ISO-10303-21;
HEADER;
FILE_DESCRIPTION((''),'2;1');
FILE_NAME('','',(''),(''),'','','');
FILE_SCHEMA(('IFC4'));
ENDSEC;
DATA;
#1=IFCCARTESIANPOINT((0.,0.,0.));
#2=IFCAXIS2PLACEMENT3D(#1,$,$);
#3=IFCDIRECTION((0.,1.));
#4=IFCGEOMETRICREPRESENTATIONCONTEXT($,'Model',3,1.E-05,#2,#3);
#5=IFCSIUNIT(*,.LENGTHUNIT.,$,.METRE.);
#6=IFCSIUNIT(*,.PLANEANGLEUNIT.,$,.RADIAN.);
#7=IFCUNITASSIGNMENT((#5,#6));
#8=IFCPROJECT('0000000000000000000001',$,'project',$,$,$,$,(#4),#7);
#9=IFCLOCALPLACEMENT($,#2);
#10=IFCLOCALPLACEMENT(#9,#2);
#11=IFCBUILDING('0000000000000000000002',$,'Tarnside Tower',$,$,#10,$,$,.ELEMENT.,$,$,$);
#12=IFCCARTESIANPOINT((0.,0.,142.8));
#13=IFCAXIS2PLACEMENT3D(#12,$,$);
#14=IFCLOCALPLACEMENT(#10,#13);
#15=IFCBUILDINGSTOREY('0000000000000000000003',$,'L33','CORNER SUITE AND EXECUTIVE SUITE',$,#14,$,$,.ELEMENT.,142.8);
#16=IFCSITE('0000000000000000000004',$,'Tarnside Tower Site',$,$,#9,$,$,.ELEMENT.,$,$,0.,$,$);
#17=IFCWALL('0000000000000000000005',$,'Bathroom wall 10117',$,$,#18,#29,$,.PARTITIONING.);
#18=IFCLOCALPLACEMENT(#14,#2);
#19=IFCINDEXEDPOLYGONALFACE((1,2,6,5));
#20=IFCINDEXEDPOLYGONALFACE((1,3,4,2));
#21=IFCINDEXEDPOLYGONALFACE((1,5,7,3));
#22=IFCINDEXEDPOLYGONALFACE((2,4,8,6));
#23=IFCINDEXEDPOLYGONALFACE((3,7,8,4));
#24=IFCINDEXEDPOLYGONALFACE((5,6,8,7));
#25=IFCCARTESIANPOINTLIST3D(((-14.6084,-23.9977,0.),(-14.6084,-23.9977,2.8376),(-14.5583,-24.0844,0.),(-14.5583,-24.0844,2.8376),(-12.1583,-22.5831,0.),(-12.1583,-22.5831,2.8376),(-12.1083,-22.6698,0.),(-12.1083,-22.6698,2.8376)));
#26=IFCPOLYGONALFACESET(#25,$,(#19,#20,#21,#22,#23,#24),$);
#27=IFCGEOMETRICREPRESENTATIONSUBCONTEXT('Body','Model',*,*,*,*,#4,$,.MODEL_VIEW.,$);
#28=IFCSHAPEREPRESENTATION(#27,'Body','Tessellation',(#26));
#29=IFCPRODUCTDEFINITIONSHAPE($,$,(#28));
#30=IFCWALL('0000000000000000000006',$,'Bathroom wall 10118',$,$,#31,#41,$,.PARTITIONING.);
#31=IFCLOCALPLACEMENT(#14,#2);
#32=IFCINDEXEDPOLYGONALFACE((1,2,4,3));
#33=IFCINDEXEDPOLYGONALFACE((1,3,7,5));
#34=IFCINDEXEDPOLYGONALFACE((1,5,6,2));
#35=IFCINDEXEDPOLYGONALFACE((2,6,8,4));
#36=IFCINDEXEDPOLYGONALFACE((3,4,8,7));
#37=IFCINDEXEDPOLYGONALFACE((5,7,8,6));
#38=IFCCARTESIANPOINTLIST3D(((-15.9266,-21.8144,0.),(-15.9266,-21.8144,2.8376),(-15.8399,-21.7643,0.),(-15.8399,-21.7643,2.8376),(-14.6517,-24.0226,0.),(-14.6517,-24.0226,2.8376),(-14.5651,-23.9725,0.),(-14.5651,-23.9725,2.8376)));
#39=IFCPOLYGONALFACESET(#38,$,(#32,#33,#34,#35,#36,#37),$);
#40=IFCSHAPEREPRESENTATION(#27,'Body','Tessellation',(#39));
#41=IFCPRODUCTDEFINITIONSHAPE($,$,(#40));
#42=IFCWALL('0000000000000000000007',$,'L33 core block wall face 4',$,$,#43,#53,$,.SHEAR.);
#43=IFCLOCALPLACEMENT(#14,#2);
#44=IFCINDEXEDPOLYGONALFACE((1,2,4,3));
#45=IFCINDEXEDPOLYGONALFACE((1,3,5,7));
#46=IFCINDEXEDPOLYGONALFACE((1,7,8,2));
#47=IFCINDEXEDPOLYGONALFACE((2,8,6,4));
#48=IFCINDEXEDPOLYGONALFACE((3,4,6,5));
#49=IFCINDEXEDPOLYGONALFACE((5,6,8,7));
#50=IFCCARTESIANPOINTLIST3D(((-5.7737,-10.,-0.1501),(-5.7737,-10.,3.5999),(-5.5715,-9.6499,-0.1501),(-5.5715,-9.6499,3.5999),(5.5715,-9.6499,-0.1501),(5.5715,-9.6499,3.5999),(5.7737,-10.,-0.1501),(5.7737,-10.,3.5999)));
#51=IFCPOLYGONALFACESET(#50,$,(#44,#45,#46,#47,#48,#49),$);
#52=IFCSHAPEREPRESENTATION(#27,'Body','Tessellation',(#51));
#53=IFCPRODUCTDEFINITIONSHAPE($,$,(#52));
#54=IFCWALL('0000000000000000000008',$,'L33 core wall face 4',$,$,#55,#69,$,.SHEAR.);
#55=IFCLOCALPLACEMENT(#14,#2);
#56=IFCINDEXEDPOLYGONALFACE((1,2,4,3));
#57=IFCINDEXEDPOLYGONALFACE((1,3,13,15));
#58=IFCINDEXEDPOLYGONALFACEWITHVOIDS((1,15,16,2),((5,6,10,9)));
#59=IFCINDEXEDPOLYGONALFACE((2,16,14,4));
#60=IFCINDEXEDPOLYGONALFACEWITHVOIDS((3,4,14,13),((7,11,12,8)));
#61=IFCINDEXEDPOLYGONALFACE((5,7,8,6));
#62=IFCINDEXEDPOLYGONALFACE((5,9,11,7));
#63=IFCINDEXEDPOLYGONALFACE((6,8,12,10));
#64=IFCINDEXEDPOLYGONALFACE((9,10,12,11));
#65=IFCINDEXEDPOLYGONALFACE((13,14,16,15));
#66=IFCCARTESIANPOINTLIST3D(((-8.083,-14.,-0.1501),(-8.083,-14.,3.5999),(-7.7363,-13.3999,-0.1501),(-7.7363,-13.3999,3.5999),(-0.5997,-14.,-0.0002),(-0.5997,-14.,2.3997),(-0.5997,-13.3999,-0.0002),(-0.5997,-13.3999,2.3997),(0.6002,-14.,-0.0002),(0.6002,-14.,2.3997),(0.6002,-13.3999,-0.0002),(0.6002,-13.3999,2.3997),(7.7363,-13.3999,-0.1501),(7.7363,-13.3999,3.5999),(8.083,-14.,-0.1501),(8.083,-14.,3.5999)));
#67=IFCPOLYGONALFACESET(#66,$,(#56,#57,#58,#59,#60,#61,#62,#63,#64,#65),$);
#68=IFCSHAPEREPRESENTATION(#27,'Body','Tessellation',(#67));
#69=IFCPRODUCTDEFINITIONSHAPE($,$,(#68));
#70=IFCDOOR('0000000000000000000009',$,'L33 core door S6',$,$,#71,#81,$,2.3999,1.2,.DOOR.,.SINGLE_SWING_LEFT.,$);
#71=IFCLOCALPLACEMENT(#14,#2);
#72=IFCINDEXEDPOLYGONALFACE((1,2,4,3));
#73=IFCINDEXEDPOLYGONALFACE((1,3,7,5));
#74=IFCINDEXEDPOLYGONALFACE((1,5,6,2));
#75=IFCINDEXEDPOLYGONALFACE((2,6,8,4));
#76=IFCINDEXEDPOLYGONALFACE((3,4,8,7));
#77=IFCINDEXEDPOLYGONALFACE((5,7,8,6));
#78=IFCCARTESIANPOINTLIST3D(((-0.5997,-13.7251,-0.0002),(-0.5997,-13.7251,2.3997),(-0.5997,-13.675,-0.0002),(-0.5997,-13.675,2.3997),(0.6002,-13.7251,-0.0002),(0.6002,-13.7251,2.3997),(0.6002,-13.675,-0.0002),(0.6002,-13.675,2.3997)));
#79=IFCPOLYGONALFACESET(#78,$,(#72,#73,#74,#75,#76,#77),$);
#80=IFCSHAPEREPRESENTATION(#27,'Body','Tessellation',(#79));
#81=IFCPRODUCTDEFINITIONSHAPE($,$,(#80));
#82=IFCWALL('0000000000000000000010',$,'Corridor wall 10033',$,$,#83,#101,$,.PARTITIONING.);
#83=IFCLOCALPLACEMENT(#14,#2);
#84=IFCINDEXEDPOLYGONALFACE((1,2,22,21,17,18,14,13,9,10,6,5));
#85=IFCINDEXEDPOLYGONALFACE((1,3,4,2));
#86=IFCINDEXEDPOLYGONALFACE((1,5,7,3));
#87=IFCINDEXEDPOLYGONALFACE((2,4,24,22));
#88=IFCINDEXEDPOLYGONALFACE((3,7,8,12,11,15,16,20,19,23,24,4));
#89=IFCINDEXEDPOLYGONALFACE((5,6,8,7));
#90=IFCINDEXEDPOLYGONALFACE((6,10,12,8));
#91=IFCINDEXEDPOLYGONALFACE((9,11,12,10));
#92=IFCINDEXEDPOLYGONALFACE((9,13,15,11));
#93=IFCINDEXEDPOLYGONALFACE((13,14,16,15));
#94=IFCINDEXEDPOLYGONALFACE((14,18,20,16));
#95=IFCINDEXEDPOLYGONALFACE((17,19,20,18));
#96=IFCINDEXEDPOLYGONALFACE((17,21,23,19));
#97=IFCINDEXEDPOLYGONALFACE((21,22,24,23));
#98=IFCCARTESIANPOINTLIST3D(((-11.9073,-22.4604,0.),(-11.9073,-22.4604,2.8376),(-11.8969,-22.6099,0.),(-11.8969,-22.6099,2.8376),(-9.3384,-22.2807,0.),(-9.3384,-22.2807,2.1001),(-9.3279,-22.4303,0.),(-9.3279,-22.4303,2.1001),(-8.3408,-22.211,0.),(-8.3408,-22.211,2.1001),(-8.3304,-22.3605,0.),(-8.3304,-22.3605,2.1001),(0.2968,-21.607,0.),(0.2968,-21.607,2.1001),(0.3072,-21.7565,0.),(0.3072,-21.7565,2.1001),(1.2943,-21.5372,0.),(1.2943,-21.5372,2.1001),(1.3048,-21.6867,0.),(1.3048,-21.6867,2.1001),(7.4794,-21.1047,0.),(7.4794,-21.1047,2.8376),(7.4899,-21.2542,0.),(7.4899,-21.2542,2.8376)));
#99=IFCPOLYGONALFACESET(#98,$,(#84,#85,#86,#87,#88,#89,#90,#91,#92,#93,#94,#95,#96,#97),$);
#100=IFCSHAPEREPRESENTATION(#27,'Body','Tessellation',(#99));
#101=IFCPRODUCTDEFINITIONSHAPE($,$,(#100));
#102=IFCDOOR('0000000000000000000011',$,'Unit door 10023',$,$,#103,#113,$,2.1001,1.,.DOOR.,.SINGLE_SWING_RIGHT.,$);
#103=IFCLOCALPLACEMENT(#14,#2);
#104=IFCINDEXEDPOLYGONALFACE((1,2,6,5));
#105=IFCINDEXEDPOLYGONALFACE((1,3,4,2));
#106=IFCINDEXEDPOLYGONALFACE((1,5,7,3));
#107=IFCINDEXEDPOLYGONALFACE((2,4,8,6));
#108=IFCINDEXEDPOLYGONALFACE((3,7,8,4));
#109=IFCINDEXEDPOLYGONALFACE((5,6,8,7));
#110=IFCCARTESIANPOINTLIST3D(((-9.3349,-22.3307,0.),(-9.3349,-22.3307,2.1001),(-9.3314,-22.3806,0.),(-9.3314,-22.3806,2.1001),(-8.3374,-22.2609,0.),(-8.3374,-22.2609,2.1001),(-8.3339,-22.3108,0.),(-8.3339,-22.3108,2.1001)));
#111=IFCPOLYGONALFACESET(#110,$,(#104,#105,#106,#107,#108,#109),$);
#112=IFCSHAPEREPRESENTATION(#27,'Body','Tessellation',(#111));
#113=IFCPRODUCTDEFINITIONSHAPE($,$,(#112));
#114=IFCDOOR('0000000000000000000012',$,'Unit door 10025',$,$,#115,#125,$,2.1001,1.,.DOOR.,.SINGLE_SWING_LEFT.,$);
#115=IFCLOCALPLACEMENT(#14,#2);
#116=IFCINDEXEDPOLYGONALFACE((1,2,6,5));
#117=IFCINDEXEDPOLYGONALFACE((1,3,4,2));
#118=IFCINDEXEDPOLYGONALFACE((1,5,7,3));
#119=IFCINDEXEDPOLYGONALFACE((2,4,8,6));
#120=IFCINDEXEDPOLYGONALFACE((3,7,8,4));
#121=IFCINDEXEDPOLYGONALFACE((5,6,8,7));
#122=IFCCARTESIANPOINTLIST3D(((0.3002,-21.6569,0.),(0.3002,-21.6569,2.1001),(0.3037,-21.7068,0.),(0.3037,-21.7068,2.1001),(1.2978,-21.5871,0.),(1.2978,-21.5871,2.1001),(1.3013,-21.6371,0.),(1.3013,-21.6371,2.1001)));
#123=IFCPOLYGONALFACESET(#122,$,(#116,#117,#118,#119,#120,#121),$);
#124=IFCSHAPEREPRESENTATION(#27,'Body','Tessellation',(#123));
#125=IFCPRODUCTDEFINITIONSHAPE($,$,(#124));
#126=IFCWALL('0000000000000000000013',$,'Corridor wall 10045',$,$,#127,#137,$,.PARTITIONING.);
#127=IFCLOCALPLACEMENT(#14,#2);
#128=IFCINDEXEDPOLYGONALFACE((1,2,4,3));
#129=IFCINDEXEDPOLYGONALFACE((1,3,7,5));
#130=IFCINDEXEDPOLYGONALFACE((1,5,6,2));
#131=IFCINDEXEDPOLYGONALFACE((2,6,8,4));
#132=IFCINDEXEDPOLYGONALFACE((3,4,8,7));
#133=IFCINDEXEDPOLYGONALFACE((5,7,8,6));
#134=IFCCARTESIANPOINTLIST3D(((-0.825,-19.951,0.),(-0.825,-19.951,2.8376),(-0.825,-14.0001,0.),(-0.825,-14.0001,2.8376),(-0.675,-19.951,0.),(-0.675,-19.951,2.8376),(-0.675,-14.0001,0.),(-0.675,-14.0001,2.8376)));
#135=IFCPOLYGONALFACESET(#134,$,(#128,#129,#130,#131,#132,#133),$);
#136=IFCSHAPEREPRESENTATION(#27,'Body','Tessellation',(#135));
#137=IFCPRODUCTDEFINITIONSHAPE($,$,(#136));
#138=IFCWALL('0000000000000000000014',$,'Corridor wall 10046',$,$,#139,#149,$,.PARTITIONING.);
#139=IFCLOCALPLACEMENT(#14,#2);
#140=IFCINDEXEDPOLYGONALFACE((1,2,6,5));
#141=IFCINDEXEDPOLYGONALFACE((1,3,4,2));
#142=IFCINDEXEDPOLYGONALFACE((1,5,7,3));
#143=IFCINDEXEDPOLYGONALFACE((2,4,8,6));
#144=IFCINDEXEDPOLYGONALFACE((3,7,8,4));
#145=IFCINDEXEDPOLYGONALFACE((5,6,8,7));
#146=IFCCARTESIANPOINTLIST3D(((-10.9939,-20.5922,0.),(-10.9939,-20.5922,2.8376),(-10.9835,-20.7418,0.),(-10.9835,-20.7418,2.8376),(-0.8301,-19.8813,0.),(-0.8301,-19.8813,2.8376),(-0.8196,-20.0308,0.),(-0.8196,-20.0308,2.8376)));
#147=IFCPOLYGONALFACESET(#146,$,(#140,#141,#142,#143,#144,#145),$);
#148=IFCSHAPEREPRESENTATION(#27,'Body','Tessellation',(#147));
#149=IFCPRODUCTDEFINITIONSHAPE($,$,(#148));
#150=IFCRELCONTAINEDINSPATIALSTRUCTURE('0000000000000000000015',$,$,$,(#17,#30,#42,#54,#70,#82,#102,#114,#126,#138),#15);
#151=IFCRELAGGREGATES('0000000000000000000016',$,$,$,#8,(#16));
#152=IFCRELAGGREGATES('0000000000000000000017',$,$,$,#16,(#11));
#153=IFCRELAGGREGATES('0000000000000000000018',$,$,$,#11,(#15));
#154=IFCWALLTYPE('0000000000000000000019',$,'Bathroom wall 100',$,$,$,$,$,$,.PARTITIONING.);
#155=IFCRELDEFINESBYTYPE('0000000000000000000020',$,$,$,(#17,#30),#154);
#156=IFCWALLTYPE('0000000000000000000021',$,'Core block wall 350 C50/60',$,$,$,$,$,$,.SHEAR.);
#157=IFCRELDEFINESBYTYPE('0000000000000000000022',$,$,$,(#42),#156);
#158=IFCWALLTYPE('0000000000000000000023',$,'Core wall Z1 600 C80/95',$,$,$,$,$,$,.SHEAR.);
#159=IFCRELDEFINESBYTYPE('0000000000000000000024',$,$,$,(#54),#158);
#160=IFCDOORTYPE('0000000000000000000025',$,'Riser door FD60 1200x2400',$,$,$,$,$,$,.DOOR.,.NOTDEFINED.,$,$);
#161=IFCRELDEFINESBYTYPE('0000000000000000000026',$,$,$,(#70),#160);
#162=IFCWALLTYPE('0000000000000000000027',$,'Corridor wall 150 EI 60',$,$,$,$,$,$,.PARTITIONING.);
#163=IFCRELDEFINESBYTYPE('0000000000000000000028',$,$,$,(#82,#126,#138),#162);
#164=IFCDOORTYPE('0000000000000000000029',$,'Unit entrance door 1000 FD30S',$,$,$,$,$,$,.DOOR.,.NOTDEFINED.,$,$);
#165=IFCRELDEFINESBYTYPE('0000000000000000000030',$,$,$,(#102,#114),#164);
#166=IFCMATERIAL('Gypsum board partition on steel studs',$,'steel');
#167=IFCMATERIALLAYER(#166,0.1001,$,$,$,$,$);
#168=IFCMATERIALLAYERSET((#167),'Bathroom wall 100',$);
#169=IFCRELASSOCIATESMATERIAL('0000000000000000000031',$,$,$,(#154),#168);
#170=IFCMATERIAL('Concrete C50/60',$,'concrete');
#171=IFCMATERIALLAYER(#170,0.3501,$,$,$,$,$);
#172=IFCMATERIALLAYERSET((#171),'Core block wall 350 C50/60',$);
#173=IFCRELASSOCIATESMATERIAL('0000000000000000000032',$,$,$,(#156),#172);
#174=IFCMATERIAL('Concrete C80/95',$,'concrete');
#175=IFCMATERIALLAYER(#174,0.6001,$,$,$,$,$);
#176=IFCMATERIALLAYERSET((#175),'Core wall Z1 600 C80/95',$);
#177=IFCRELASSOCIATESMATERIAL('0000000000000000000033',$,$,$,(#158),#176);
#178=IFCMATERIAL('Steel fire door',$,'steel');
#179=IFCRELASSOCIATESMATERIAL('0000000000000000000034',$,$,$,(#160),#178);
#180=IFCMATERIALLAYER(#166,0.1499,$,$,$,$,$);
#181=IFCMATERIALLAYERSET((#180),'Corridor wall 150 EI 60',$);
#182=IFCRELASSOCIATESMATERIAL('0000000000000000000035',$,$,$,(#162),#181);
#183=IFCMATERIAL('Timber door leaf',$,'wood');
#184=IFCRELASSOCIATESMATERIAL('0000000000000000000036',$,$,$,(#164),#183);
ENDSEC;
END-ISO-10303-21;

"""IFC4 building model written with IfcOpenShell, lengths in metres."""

from ifc_helpers import new_model, si_unit, direction, frame, frame_2d, origin, place, context, subcontext, project, spatial, polyline, rectangle, outline, extrude, material, layer, layer_set, type_object, element, fill, save


model = new_model("IFC4")

# Units and contexts
model_context = context("Model", 3, precision=1e-05, world=origin(), true_north=direction((0.0, 1.0)))
body_context = subcontext(model_context, "Body", "Model", "MODEL_VIEW")
ifc_project = project(units=[si_unit("LENGTHUNIT", "METRE"), si_unit("PLANEANGLEUNIT", "RADIAN")], contexts=[model_context])

# Site, building, storey
site_placement = place(None, origin())
site = spatial("IfcSite", under=ifc_project, at=site_placement, Name="Tarnside Tower Site", CompositionType="ELEMENT", RefElevation=0.0)
building_placement = place(site_placement, origin())
building = spatial("IfcBuilding", under=site, at=building_placement, Name="Tarnside Tower", CompositionType="ELEMENT")
storey_placement = place(building_placement, frame((0.0, 0.0, 142.8)))
storey = spatial("IfcBuildingStorey", under=building, at=storey_placement, Name="L33", Description="CORNER SUITE AND EXECUTIVE SUITE", CompositionType="ELEMENT", Elevation=142.8)

# Walls
ifc_material_1 = material(Name="Gypsum board partition on steel studs", Category="steel")
ifc_layer_1 = layer(ifc_material_1, 0.1001)
ifc_layer_set_1 = layer_set([ifc_layer_1], Name="Bathroom wall 100")
wall_type_1 = type_object("IfcWallType", Name="Bathroom wall 100", PredefinedType="PARTITIONING", material=ifc_layer_set_1)
wall_1_placement = place(storey_placement, frame((-12.1333, -22.6265, 0.0), z_axis=(0.0, 0.0, 1.0), x_axis=(-0.866015, -0.500019, 0.0)))
element("IfcWall", 1, at=wall_1_placement, inside=storey, type_object=wall_type_1, Name="Bathroom wall 10117", PredefinedType="PARTITIONING", context=body_context, shape_type="SweptSolid", body=[
    extrude(rectangle(XDim=2.8291, YDim=0.1001, at=frame_2d((1.4146, 0.0))), origin(), (0.0, 0.0, 1.0), 2.8376),
])
wall_2_placement = place(storey_placement, frame((-14.6084, -23.9976, 0.0), z_axis=(0.0, 0.0, 1.0), x_axis=(-0.49999, 0.866031, 0.0)))
element("IfcWall", 2, at=wall_2_placement, inside=storey, type_object=wall_type_1, Name="Bathroom wall 10118", PredefinedType="PARTITIONING", context=body_context, shape_type="SweptSolid", body=[
    extrude(rectangle(XDim=2.5498, YDim=0.1001, at=frame_2d((1.2749, 0.0))), origin(), (0.0, 0.0, 1.0), 2.8376),
])
ifc_material_2 = material(Name="Concrete C50/60", Category="concrete")
ifc_layer_2 = layer(ifc_material_2, 0.3501)
ifc_layer_set_2 = layer_set([ifc_layer_2], Name="Core block wall 350 C50/60")
wall_type_2 = type_object("IfcWallType", Name="Core block wall 350 C50/60", PredefinedType="SHEAR", material=ifc_layer_set_2)
wall_3_placement = place(storey_placement, frame((-5.6726, -9.825, -0.1501), z_axis=(0.0, 0.0, 1.0), x_axis=(1.0, 0.0, 0.0)))
element("IfcWall", 3, at=wall_3_placement, inside=storey, type_object=wall_type_2, Name="L33 core block wall face 4", PredefinedType="SHEAR", context=body_context, shape_type="SweptSolid", body=[
    extrude(outline(polyline([(-0.1011, -0.175), (11.4463, -0.175), (11.2441, 0.175), (0.1011, 0.175), (-0.1011, -0.175)])), origin(), (0.0, 0.0, 1.0), 3.75),
])

# Wall, opening, door
ifc_material_3 = material(Name="Concrete C80/95", Category="concrete")
ifc_layer_3 = layer(ifc_material_3, 0.6001)
ifc_layer_set_3 = layer_set([ifc_layer_3], Name="Core wall Z1 600 C80/95")
wall_type_3 = type_object("IfcWallType", Name="Core wall Z1 600 C80/95", PredefinedType="SHEAR", material=ifc_layer_set_3)
wall_4_placement = place(storey_placement, frame((-7.9097, -13.7, -0.1501), z_axis=(0.0, 0.0, 1.0), x_axis=(1.0, 0.0, 0.0)))
wall_4 = element("IfcWall", 4, at=wall_4_placement, inside=storey, type_object=wall_type_3, Name="L33 core wall face 4", PredefinedType="SHEAR", context=body_context, shape_type="SweptSolid", body=[
    extrude(outline(polyline([(-0.1733, -0.3), (15.9927, -0.3), (15.646, 0.3), (0.1733, 0.3), (-0.1733, -0.3)])), origin(), (0.0, 0.0, 1.0), 3.75),
])
opening_1_placement = place(wall_4_placement, frame((7.3098, 0.0, 0.1499)))
opening_1 = element("IfcOpeningElement", 5, at=opening_1_placement, cuts=wall_4, PredefinedType="OPENING", context=body_context, shape_type="SweptSolid", body=[
    extrude(rectangle(XDim=1.2, YDim=2.3999, at=frame_2d((0.6001, 1.2))), frame((0.0, 0.3101, 0.0), z_axis=(0.0, -1.0, 0.0), x_axis=(1.0, 0.0, 0.0)), (0.0, 0.0, 1.0), 0.6201),
])
ifc_material_4 = material(Name="Steel fire door", Category="steel")
door_type_1 = type_object("IfcDoorType", Name="Riser door FD60 1200x2400", OperationType="NOTDEFINED", PredefinedType="DOOR", material=ifc_material_4)
door_1_placement = place(opening_1_placement, origin())
door_1 = element("IfcDoor", 6, at=door_1_placement, inside=storey, type_object=door_type_1, Name="L33 core door S6", OperationType="SINGLE_SWING_LEFT", OverallHeight=2.3999, OverallWidth=1.2, PredefinedType="DOOR", context=body_context, shape_type="SweptSolid", body=[
    extrude(rectangle(XDim=1.2, YDim=2.3999, at=frame_2d((0.6001, 1.2))), frame((0.0, 0.0249, 0.0), z_axis=(0.0, -1.0, 0.0), x_axis=(1.0, 0.0, 0.0)), (0.0, 0.0, 1.0), 0.05),
])
fill(opening_1, door_1)

# Wall, openings, doors
ifc_layer_4 = layer(ifc_material_1, 0.1499)
ifc_layer_set_4 = layer_set([ifc_layer_4], Name="Corridor wall 150 EI 60")
wall_type_4 = type_object("IfcWallType", Name="Corridor wall 150 EI 60", PredefinedType="PARTITIONING", material=ifc_layer_set_4)
wall_5_placement = place(storey_placement, frame((-11.9021, -22.5352, 0.0), z_axis=(0.0, 0.0, 1.0), x_axis=(0.997564, 0.06976, 0.0)))
wall_5 = element("IfcWall", 7, at=wall_5_placement, inside=storey, type_object=wall_type_4, Name="Corridor wall 10033", PredefinedType="PARTITIONING", context=body_context, shape_type="SweptSolid", body=[
    extrude(rectangle(XDim=19.4341, YDim=0.1499, at=frame_2d((9.717, 0.0))), origin(), (0.0, 0.0, 1.0), 2.8376),
])
opening_2_placement = place(wall_5_placement, frame((2.5752, 0.0, 0.0)))
opening_2 = element("IfcOpeningElement", 8, at=opening_2_placement, cuts=wall_5, PredefinedType="OPENING", context=body_context, shape_type="SweptSolid", body=[
    extrude(rectangle(XDim=1.0, YDim=2.1001, at=frame_2d((0.5, 1.05))), frame((0.0, 0.085, 0.0), z_axis=(0.0, -1.0, 0.0), x_axis=(1.0, 0.0, 0.0)), (0.0, 0.0, 1.0), 0.1699),
])
opening_3_placement = place(wall_5_placement, frame((12.2339, 0.0, 0.0)))
opening_3 = element("IfcOpeningElement", 9, at=opening_3_placement, cuts=wall_5, PredefinedType="OPENING", context=body_context, shape_type="SweptSolid", body=[
    extrude(rectangle(XDim=1.0, YDim=2.1001, at=frame_2d((0.5, 1.05))), frame((0.0, 0.085, 0.0), z_axis=(0.0, -1.0, 0.0), x_axis=(1.0, 0.0, 0.0)), (0.0, 0.0, 1.0), 0.1699),
])
ifc_material_5 = material(Name="Timber door leaf", Category="wood")
door_type_2 = type_object("IfcDoorType", Name="Unit entrance door 1000 FD30S", OperationType="NOTDEFINED", PredefinedType="DOOR", material=ifc_material_5)
door_2_placement = place(opening_2_placement, origin())
door_2 = element("IfcDoor", 10, at=door_2_placement, inside=storey, type_object=door_type_2, Name="Unit door 10023", OperationType="SINGLE_SWING_RIGHT", OverallHeight=2.1001, OverallWidth=1.0, PredefinedType="DOOR", context=body_context, shape_type="SweptSolid", body=[
    extrude(rectangle(XDim=1.0, YDim=2.1001, at=frame_2d((0.5, 1.05))), frame((0.0, 0.0249, 0.0), z_axis=(0.0, -1.0, 0.0), x_axis=(1.0, 0.0, 0.0)), (0.0, 0.0, 1.0), 0.05),
])
fill(opening_2, door_2)
door_3_placement = place(opening_3_placement, origin())
door_3 = element("IfcDoor", 11, at=door_3_placement, inside=storey, type_object=door_type_2, Name="Unit door 10025", OperationType="SINGLE_SWING_LEFT", OverallHeight=2.1001, OverallWidth=1.0, PredefinedType="DOOR", context=body_context, shape_type="SweptSolid", body=[
    extrude(rectangle(XDim=1.0, YDim=2.1001, at=frame_2d((0.5, 1.05))), frame((0.0, 0.0249, 0.0), z_axis=(0.0, -1.0, 0.0), x_axis=(1.0, 0.0, 0.0)), (0.0, 0.0, 1.0), 0.05),
])
fill(opening_3, door_3)

# Walls
wall_6_placement = place(storey_placement, frame((-0.75, -14.0, 0.0), z_axis=(0.0, 0.0, 1.0), x_axis=(0.0, -1.0, 0.0)))
element("IfcWall", 12, at=wall_6_placement, inside=storey, type_object=wall_type_4, Name="Corridor wall 10045", PredefinedType="PARTITIONING", context=body_context, shape_type="SweptSolid", body=[
    extrude(rectangle(XDim=5.9509, YDim=0.1499, at=frame_2d((2.9756, 0.0))), origin(), (0.0, 0.0, 1.0), 2.8376),
])
wall_7_placement = place(storey_placement, frame((-0.825, -19.9561, 0.0), z_axis=(0.0, 0.0, 1.0), x_axis=(-0.997563, -0.069777, 0.0)))
element("IfcWall", 13, at=wall_7_placement, inside=storey, type_object=wall_type_4, Name="Corridor wall 10046", PredefinedType="PARTITIONING", context=body_context, shape_type="SweptSolid", body=[
    extrude(rectangle(XDim=10.1887, YDim=0.1499, at=frame_2d((5.0942, 0.0))), origin(), (0.0, 0.0, 1.0), 2.8376),
])

save(model, "model.ifc")
